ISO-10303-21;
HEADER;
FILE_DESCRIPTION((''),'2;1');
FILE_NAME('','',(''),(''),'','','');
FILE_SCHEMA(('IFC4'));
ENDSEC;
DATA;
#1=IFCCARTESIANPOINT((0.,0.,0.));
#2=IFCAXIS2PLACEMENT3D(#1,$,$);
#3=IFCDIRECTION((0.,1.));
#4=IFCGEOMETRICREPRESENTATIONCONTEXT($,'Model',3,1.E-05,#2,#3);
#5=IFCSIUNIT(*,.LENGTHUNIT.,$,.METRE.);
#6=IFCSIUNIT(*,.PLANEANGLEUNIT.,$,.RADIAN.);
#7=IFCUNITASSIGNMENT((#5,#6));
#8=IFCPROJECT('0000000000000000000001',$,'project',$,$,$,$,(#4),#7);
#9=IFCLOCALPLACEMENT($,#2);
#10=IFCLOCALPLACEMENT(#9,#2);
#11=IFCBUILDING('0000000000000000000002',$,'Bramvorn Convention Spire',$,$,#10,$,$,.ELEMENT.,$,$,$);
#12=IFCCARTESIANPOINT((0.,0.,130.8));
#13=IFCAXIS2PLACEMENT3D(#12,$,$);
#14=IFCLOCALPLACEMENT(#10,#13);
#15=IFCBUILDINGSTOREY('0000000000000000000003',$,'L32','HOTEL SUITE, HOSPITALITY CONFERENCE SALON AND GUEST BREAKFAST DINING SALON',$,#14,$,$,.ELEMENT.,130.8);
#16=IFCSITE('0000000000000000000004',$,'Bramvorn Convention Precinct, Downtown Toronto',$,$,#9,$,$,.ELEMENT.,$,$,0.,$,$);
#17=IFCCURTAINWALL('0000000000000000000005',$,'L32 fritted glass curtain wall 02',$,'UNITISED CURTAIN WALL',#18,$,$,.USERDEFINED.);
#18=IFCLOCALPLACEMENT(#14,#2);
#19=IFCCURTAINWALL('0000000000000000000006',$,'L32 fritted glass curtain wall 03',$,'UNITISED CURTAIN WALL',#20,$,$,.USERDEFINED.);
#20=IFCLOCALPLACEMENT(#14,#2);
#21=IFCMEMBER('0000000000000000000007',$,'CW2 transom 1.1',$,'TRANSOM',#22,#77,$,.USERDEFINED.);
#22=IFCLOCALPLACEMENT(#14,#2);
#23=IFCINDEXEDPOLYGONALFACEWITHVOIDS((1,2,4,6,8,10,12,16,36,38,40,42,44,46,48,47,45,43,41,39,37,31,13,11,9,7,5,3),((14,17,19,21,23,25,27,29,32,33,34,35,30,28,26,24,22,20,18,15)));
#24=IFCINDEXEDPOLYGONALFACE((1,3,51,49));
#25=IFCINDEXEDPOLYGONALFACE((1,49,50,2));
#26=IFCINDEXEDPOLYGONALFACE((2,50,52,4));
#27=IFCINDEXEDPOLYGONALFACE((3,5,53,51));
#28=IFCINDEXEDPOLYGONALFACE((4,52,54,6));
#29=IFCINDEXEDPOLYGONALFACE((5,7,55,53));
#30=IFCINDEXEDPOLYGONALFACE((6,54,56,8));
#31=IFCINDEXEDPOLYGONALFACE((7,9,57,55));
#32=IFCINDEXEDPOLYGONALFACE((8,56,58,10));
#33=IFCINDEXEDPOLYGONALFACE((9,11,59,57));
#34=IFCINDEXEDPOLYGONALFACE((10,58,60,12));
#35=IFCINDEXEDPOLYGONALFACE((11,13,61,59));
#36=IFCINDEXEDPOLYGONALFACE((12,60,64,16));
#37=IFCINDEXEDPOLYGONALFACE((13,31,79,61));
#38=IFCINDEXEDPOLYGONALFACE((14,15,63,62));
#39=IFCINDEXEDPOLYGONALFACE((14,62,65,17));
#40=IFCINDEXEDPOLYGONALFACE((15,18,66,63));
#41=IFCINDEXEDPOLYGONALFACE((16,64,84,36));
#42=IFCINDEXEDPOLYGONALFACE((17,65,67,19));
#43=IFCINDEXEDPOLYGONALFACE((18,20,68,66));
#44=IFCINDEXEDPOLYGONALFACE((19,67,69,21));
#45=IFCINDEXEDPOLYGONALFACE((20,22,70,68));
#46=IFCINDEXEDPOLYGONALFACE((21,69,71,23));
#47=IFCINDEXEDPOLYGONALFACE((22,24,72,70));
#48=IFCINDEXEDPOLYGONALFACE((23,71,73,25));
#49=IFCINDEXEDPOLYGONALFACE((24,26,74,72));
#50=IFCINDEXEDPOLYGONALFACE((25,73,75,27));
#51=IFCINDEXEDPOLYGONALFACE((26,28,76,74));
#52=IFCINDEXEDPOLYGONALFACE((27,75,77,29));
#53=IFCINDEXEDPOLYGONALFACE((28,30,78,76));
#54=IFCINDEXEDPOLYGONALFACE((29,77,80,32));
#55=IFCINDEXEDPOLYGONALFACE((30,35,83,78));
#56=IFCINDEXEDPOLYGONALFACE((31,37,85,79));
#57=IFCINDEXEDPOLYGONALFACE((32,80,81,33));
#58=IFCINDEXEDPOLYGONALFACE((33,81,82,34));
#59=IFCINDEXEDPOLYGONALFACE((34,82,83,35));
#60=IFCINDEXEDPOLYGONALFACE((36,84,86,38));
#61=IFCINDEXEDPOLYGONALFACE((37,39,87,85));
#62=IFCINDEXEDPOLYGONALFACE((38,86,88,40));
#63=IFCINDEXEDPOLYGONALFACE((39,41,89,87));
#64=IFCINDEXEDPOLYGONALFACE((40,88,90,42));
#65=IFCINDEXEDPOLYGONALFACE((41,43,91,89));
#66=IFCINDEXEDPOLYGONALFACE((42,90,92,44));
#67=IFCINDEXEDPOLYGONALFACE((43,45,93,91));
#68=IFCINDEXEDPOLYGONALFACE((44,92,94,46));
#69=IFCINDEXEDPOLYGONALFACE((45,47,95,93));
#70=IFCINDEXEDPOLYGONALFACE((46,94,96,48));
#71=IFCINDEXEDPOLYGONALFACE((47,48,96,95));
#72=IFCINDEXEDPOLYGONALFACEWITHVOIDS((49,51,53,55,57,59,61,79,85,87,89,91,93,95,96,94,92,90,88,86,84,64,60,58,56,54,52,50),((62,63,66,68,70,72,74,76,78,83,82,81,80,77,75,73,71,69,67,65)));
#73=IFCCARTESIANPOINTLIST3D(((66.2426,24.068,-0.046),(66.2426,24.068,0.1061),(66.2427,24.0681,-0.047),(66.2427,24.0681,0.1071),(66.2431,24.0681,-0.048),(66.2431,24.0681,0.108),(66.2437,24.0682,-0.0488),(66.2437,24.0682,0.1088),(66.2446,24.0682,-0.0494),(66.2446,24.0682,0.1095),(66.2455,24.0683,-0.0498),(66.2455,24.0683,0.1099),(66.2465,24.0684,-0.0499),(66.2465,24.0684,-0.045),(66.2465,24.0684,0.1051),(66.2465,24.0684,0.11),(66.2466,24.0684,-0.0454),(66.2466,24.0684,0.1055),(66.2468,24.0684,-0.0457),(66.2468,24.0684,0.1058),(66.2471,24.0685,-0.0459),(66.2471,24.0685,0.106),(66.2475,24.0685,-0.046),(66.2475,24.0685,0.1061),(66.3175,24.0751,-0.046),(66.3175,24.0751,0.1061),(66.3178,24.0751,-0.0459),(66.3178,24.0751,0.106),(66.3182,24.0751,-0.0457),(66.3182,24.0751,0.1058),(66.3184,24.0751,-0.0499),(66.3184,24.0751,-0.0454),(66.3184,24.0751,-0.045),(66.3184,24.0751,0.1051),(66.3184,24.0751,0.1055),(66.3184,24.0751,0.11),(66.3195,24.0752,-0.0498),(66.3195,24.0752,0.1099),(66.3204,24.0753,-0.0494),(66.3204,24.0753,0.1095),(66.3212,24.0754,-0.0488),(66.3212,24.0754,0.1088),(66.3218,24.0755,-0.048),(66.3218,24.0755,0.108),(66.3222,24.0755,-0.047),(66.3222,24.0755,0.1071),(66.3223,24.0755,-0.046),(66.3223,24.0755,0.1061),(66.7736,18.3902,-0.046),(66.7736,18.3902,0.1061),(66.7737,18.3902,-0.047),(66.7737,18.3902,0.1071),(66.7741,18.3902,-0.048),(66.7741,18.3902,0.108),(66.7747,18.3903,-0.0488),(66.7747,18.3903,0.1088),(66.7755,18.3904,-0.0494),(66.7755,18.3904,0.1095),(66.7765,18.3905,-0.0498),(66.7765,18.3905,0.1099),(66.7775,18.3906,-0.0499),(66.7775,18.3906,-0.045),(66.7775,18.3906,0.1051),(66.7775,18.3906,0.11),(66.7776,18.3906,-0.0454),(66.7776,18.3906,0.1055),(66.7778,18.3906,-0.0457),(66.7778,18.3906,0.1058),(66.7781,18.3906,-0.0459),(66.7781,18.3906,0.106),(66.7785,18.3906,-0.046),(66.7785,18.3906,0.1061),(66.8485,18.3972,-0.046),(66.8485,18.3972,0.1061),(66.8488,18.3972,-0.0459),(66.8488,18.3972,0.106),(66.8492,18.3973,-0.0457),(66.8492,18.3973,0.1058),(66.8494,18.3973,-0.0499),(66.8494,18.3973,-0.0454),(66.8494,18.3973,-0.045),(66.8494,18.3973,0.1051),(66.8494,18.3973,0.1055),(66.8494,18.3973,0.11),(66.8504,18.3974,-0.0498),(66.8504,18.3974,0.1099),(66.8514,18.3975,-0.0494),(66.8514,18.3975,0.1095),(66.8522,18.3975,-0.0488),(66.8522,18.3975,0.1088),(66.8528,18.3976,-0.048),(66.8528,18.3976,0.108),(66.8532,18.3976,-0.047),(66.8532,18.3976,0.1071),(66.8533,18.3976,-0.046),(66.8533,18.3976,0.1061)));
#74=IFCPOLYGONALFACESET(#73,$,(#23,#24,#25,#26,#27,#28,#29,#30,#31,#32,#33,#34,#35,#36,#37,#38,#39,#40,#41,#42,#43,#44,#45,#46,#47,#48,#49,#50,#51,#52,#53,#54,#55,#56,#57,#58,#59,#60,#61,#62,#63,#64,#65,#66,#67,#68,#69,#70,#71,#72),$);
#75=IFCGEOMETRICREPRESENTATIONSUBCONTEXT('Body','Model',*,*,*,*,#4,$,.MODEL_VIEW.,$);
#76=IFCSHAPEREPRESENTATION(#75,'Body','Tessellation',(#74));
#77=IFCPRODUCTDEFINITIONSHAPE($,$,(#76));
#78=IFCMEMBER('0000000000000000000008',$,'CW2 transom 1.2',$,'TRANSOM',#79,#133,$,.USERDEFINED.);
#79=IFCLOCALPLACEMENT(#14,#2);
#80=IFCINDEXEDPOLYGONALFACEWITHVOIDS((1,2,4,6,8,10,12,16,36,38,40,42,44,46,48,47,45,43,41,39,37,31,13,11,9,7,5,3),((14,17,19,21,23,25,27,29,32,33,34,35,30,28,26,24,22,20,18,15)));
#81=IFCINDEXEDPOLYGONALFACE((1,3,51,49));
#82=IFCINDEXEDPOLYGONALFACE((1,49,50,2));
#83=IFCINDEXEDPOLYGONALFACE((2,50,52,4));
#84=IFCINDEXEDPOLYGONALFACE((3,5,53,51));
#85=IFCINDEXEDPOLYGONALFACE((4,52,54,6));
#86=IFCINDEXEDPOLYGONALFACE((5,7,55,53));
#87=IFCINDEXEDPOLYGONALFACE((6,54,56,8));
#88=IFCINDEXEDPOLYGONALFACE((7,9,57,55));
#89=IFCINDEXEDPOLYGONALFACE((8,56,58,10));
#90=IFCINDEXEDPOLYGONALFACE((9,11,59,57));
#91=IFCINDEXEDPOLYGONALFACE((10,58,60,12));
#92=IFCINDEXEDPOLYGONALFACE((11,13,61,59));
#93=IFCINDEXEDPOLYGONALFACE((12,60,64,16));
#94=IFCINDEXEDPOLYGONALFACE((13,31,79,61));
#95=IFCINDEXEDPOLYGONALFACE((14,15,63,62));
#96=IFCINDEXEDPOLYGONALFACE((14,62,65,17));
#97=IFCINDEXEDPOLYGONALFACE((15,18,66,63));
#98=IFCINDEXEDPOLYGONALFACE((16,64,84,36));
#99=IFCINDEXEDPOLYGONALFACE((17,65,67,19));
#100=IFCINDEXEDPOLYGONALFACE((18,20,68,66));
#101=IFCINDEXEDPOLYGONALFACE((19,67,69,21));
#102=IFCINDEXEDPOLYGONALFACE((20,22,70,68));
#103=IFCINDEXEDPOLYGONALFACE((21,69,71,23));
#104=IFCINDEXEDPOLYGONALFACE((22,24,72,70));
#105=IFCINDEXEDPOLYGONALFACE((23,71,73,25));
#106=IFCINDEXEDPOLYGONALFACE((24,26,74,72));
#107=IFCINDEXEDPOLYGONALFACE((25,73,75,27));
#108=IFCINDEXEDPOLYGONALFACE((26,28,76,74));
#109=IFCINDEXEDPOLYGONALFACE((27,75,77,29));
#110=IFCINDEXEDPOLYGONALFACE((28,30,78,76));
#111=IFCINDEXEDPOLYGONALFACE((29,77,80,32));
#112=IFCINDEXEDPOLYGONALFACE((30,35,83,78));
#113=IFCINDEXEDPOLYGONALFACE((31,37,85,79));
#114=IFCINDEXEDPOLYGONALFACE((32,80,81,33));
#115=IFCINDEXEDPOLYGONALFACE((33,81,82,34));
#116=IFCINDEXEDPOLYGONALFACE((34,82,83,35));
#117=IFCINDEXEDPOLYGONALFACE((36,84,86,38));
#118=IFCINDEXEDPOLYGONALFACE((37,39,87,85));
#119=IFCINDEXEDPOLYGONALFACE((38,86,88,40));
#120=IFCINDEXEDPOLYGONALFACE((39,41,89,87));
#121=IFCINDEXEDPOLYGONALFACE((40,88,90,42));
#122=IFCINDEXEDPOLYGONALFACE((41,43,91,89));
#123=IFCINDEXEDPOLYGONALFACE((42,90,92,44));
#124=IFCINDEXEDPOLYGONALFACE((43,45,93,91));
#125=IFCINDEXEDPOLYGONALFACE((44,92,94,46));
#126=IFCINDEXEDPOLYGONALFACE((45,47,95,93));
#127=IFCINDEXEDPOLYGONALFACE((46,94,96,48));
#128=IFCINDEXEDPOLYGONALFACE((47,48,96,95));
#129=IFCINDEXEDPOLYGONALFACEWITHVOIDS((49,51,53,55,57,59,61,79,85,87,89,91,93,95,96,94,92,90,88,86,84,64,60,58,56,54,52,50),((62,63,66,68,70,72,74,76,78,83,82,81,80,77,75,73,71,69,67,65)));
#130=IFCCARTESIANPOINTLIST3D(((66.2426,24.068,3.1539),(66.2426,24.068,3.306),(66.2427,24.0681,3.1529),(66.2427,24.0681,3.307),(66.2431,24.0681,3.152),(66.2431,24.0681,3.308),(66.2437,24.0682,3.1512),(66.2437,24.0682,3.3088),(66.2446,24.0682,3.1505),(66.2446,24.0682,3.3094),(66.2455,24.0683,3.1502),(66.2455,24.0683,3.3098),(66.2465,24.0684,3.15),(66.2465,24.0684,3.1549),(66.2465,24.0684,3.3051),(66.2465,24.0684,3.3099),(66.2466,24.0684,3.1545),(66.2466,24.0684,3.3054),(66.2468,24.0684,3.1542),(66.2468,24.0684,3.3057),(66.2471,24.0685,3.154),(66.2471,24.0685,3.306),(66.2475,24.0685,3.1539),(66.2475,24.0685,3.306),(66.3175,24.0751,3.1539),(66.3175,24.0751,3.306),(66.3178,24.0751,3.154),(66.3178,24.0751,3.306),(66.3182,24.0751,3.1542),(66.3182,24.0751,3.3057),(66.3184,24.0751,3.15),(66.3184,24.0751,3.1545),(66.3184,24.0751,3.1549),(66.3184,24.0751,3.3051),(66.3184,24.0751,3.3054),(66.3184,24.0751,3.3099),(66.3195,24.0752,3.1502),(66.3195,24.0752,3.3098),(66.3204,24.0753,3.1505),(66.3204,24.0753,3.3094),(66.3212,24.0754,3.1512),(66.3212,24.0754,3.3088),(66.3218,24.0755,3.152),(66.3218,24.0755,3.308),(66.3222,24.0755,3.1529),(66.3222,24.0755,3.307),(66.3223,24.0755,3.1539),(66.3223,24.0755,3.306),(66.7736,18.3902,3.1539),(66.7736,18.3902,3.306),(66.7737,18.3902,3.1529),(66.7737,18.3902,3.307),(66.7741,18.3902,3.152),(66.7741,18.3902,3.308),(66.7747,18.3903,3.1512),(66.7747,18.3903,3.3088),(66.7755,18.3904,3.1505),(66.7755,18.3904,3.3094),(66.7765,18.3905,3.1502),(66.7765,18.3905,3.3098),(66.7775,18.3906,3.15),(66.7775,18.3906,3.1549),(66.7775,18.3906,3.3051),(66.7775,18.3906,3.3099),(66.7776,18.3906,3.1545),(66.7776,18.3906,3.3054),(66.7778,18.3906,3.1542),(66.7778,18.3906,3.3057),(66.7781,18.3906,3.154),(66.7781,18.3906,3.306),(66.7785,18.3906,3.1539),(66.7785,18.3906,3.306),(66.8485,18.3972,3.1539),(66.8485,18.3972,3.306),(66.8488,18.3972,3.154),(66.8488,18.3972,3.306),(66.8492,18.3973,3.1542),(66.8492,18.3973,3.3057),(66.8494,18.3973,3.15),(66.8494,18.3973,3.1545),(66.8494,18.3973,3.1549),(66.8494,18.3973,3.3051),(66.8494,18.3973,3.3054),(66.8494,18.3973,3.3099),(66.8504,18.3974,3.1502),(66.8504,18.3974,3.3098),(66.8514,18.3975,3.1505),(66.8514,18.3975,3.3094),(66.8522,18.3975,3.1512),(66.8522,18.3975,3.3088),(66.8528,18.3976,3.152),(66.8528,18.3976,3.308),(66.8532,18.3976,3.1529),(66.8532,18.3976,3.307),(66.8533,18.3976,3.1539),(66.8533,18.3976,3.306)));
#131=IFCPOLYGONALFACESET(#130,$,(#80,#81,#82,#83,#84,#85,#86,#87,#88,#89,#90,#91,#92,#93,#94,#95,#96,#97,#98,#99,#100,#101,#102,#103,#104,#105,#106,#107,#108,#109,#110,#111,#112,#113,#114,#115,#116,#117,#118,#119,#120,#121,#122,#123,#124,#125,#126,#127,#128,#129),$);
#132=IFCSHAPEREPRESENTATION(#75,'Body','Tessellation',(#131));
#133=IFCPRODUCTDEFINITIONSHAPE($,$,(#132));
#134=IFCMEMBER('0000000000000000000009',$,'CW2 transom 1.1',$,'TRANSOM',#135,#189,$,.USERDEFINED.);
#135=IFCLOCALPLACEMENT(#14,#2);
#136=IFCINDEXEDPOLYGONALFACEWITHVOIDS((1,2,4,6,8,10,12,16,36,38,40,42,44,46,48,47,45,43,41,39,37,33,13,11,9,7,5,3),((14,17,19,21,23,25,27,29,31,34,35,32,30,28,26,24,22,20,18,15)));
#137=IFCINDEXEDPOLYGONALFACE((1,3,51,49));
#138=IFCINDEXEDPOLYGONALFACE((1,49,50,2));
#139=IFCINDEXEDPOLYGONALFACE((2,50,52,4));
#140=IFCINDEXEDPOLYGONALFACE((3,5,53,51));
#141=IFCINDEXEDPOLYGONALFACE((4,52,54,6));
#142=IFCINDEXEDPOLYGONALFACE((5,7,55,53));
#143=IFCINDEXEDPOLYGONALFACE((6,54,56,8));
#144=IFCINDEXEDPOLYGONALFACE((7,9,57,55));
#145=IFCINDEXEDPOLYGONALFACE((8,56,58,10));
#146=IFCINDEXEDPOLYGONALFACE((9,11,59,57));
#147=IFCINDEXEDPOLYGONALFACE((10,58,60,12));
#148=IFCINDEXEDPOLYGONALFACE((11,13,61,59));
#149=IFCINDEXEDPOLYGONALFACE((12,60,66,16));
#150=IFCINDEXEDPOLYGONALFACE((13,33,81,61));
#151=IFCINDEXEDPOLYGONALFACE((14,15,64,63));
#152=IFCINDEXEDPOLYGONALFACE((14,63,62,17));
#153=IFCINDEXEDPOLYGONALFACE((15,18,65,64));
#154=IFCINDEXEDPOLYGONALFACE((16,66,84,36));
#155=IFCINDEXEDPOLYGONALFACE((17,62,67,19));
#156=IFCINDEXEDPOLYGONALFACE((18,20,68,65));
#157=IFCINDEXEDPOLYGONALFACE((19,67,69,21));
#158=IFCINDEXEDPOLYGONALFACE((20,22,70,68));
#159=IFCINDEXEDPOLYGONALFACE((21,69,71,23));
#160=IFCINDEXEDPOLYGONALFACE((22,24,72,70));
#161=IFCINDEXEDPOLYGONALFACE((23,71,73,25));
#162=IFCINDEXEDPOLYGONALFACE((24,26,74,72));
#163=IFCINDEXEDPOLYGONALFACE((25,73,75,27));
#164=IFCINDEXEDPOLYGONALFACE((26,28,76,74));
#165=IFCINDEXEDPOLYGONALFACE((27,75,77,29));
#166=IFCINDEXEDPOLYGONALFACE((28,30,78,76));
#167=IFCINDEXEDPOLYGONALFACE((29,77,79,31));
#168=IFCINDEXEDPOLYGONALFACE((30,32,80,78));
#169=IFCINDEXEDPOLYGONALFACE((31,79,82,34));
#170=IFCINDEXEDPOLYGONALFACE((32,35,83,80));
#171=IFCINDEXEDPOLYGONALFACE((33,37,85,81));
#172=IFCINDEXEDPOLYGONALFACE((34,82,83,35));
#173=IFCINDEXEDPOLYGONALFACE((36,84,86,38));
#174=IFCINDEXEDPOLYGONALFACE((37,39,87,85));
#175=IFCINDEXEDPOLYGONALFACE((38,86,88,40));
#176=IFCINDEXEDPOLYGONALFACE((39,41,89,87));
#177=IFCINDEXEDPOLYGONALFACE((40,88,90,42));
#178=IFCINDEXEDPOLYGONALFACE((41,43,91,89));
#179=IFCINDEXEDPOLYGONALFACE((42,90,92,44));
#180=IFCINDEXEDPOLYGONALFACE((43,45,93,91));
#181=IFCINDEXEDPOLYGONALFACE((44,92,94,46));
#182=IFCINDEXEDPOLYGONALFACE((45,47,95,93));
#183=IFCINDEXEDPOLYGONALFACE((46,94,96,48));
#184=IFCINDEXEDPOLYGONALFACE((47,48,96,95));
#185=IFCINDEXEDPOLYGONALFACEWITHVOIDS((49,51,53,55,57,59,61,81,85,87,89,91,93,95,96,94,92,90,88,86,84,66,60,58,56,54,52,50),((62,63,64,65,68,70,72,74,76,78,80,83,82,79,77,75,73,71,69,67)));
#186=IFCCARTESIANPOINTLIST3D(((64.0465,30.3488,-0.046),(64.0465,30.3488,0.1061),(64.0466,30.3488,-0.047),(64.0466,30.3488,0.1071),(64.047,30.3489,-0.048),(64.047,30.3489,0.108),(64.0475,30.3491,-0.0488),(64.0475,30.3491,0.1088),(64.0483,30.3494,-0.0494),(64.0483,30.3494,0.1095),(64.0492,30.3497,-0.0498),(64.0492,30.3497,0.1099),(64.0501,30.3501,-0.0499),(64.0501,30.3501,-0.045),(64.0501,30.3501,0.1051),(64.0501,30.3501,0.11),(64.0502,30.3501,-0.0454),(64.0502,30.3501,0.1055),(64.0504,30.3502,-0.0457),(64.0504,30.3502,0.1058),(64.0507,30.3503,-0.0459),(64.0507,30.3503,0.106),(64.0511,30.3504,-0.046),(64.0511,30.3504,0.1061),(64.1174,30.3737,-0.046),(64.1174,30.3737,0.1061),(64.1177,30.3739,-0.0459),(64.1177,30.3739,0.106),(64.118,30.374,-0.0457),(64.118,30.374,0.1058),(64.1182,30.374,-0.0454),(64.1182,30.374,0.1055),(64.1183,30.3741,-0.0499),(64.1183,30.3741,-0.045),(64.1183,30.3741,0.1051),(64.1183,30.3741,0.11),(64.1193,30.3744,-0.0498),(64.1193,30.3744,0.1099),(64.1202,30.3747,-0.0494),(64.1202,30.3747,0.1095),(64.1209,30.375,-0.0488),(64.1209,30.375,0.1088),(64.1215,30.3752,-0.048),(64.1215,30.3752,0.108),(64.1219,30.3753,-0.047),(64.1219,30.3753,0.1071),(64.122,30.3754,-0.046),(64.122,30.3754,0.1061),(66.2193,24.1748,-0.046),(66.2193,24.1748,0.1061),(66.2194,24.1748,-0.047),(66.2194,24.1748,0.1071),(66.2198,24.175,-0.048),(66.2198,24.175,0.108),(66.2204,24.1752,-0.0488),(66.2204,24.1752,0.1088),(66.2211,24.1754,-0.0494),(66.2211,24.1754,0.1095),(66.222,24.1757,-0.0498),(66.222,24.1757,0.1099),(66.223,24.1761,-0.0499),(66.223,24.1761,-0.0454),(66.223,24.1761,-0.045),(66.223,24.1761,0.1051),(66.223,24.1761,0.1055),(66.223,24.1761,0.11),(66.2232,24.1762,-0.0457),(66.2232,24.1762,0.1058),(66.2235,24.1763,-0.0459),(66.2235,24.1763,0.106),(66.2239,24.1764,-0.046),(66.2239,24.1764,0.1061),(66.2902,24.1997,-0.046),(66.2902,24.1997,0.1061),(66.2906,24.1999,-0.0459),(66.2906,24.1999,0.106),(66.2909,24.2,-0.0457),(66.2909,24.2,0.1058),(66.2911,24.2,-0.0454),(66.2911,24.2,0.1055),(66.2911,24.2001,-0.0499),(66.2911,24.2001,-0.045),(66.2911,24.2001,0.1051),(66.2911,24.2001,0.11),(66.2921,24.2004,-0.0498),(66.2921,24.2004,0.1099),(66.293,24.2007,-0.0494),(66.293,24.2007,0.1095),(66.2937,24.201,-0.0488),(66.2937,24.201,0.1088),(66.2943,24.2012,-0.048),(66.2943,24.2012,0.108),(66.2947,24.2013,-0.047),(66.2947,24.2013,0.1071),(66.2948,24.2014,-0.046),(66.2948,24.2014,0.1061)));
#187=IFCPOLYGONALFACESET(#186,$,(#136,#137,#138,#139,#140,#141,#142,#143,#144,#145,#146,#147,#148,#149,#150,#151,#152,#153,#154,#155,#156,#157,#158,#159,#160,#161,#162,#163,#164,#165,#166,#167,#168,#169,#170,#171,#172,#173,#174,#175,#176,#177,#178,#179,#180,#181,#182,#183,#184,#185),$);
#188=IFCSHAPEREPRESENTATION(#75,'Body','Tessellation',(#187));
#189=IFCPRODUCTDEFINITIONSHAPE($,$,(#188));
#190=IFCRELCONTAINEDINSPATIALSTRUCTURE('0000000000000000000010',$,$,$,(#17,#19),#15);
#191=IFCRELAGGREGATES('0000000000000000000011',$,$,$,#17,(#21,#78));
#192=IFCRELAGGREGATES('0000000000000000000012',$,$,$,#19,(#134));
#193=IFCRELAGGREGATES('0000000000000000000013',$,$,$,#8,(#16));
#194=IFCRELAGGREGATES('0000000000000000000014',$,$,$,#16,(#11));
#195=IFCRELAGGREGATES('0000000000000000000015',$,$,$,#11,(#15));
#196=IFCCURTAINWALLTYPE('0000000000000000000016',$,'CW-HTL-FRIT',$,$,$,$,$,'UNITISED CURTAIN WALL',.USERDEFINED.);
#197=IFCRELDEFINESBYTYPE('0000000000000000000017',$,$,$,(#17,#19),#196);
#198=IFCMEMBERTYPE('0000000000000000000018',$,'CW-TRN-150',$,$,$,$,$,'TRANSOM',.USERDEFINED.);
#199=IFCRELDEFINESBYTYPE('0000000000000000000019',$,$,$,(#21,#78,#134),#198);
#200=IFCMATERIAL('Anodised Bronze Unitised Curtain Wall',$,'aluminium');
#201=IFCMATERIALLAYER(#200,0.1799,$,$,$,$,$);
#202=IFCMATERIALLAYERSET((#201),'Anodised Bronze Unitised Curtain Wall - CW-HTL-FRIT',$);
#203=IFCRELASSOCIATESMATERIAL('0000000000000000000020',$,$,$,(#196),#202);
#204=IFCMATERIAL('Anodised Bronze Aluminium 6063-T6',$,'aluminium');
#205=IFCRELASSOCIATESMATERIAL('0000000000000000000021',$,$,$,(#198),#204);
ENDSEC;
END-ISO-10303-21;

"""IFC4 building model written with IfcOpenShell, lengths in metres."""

from ifc_helpers import new_model, si_unit, direction, frame, origin, origin_2d, place, context, subcontext, project, spatial, hollow_rectangle, extrude, material, layer, layer_set, material_profile, profile_set, type_object, element, aggregate, save


model = new_model("IFC4")

# Units and contexts
model_context = context("Model", 3, precision=1e-05, world=origin(), true_north=direction((0.0, 1.0)))
body_context = subcontext(model_context, "Body", "Model", "MODEL_VIEW")
ifc_project = project(units=[si_unit("LENGTHUNIT", "METRE"), si_unit("PLANEANGLEUNIT", "RADIAN")], contexts=[model_context])

# Site, building, storey
site_placement = place(None, origin())
site = spatial("IfcSite", under=ifc_project, at=site_placement, Name="Bramvorn Convention Precinct, Downtown Toronto", CompositionType="ELEMENT", RefElevation=0.0)
building_placement = place(site_placement, origin())
building = spatial("IfcBuilding", under=site, at=building_placement, Name="Bramvorn Convention Spire", CompositionType="ELEMENT")
storey_placement = place(building_placement, frame((0.0, 0.0, 130.8)))
storey = spatial("IfcBuildingStorey", under=building, at=storey_placement, Name="L32", Description="HOTEL SUITE, HOSPITALITY CONFERENCE SALON AND GUEST BREAKFAST DINING SALON", CompositionType="ELEMENT", Elevation=130.8)

# Curtain wall
ifc_material_1 = material(Name="Anodised Bronze Unitised Curtain Wall", Category="aluminium")
ifc_layer_1 = layer(ifc_material_1, 0.1799)
ifc_layer_set_1 = layer_set([ifc_layer_1], Name="Anodised Bronze Unitised Curtain Wall - CW-HTL-FRIT")
curtain_wall_type = type_object("IfcCurtainWallType", Name="CW-HTL-FRIT", ElementType="UNITISED CURTAIN WALL", PredefinedType="USERDEFINED", material=ifc_layer_set_1)
curtain_wall_1_placement = place(storey_placement, origin())
curtain_wall_1 = element("IfcCurtainWall", 1, at=curtain_wall_1_placement, inside=storey, type_object=curtain_wall_type, Name="L32 fritted glass curtain wall 02", ObjectType="UNITISED CURTAIN WALL", PredefinedType="USERDEFINED")
ifc_material_2 = material(Name="Anodised Bronze Aluminium 6063-T6", Category="aluminium")

# Curtain wall
curtain_wall_2_placement = place(storey_placement, origin())
curtain_wall_2 = element("IfcCurtainWall", 2, at=curtain_wall_2_placement, inside=storey, type_object=curtain_wall_type, Name="L32 fritted glass curtain wall 03", ObjectType="UNITISED CURTAIN WALL", PredefinedType="USERDEFINED")

# Members
ifc_material_profile_1 = material_profile(ifc_material_2, hollow_rectangle(XDim=0.0801, YDim=0.1599, WallThickness=0.0039, InnerFilletRadius=0.001, OuterFilletRadius=0.0039, at=origin_2d()))
ifc_profile_set_1 = profile_set([ifc_material_profile_1], Name="Anodised Bronze Aluminium 6063-T6 - CWT80X160")
member_type_1 = type_object("IfcMemberType", Name="CW-TRN-150", ElementType="TRANSOM", PredefinedType="USERDEFINED", material=ifc_profile_set_1)
member_1_placement = place(storey_placement, frame((66.2825, 24.0718, 0.03), z_axis=(0.093114, -0.995655, 0.0), x_axis=(0.995655, 0.093114, 0.0)))
member_1 = element("IfcMember", 3, at=member_1_placement, type_object=member_type_1, Name="CW2 transom 1.1", ObjectType="TRANSOM", PredefinedType="USERDEFINED", context=body_context, shape_type="SweptSolid", body=[
    extrude(hollow_rectangle(XDim=0.0801, YDim=0.1599, WallThickness=0.0039, InnerFilletRadius=0.001, OuterFilletRadius=0.0039, at=origin_2d()), origin(), (0.0, 0.0, 1.0), 5.7026),
])
member_2_placement = place(storey_placement, frame((66.2825, 24.0718, 3.23), z_axis=(0.093114, -0.995655, 0.0), x_axis=(0.995655, 0.093114, 0.0)))
member_2 = element("IfcMember", 4, at=member_2_placement, type_object=member_type_1, Name="CW2 transom 1.2", ObjectType="TRANSOM", PredefinedType="USERDEFINED", context=body_context, shape_type="SweptSolid", body=[
    extrude(hollow_rectangle(XDim=0.0801, YDim=0.1599, WallThickness=0.0039, InnerFilletRadius=0.001, OuterFilletRadius=0.0039, at=origin_2d()), origin(), (0.0, 0.0, 1.0), 5.7026),
])
aggregate(curtain_wall_1, [member_1, member_2])
member_3_placement = place(storey_placement, frame((64.0842, 30.3621, 0.03), z_axis=(0.331973, -0.943289, 0.0), x_axis=(0.943289, 0.331973, 0.0)))
member_3 = element("IfcMember", 5, at=member_3_placement, type_object=member_type_1, Name="CW2 transom 1.1", ObjectType="TRANSOM", PredefinedType="USERDEFINED", context=body_context, shape_type="SweptSolid", body=[
    extrude(hollow_rectangle(XDim=0.0801, YDim=0.1599, WallThickness=0.0039, InnerFilletRadius=0.001, OuterFilletRadius=0.0039, at=origin_2d()), origin(), (0.0, 0.0, 1.0), 6.5452),
])

aggregate(curtain_wall_2, [member_3])

save(model, "model.ifc")
